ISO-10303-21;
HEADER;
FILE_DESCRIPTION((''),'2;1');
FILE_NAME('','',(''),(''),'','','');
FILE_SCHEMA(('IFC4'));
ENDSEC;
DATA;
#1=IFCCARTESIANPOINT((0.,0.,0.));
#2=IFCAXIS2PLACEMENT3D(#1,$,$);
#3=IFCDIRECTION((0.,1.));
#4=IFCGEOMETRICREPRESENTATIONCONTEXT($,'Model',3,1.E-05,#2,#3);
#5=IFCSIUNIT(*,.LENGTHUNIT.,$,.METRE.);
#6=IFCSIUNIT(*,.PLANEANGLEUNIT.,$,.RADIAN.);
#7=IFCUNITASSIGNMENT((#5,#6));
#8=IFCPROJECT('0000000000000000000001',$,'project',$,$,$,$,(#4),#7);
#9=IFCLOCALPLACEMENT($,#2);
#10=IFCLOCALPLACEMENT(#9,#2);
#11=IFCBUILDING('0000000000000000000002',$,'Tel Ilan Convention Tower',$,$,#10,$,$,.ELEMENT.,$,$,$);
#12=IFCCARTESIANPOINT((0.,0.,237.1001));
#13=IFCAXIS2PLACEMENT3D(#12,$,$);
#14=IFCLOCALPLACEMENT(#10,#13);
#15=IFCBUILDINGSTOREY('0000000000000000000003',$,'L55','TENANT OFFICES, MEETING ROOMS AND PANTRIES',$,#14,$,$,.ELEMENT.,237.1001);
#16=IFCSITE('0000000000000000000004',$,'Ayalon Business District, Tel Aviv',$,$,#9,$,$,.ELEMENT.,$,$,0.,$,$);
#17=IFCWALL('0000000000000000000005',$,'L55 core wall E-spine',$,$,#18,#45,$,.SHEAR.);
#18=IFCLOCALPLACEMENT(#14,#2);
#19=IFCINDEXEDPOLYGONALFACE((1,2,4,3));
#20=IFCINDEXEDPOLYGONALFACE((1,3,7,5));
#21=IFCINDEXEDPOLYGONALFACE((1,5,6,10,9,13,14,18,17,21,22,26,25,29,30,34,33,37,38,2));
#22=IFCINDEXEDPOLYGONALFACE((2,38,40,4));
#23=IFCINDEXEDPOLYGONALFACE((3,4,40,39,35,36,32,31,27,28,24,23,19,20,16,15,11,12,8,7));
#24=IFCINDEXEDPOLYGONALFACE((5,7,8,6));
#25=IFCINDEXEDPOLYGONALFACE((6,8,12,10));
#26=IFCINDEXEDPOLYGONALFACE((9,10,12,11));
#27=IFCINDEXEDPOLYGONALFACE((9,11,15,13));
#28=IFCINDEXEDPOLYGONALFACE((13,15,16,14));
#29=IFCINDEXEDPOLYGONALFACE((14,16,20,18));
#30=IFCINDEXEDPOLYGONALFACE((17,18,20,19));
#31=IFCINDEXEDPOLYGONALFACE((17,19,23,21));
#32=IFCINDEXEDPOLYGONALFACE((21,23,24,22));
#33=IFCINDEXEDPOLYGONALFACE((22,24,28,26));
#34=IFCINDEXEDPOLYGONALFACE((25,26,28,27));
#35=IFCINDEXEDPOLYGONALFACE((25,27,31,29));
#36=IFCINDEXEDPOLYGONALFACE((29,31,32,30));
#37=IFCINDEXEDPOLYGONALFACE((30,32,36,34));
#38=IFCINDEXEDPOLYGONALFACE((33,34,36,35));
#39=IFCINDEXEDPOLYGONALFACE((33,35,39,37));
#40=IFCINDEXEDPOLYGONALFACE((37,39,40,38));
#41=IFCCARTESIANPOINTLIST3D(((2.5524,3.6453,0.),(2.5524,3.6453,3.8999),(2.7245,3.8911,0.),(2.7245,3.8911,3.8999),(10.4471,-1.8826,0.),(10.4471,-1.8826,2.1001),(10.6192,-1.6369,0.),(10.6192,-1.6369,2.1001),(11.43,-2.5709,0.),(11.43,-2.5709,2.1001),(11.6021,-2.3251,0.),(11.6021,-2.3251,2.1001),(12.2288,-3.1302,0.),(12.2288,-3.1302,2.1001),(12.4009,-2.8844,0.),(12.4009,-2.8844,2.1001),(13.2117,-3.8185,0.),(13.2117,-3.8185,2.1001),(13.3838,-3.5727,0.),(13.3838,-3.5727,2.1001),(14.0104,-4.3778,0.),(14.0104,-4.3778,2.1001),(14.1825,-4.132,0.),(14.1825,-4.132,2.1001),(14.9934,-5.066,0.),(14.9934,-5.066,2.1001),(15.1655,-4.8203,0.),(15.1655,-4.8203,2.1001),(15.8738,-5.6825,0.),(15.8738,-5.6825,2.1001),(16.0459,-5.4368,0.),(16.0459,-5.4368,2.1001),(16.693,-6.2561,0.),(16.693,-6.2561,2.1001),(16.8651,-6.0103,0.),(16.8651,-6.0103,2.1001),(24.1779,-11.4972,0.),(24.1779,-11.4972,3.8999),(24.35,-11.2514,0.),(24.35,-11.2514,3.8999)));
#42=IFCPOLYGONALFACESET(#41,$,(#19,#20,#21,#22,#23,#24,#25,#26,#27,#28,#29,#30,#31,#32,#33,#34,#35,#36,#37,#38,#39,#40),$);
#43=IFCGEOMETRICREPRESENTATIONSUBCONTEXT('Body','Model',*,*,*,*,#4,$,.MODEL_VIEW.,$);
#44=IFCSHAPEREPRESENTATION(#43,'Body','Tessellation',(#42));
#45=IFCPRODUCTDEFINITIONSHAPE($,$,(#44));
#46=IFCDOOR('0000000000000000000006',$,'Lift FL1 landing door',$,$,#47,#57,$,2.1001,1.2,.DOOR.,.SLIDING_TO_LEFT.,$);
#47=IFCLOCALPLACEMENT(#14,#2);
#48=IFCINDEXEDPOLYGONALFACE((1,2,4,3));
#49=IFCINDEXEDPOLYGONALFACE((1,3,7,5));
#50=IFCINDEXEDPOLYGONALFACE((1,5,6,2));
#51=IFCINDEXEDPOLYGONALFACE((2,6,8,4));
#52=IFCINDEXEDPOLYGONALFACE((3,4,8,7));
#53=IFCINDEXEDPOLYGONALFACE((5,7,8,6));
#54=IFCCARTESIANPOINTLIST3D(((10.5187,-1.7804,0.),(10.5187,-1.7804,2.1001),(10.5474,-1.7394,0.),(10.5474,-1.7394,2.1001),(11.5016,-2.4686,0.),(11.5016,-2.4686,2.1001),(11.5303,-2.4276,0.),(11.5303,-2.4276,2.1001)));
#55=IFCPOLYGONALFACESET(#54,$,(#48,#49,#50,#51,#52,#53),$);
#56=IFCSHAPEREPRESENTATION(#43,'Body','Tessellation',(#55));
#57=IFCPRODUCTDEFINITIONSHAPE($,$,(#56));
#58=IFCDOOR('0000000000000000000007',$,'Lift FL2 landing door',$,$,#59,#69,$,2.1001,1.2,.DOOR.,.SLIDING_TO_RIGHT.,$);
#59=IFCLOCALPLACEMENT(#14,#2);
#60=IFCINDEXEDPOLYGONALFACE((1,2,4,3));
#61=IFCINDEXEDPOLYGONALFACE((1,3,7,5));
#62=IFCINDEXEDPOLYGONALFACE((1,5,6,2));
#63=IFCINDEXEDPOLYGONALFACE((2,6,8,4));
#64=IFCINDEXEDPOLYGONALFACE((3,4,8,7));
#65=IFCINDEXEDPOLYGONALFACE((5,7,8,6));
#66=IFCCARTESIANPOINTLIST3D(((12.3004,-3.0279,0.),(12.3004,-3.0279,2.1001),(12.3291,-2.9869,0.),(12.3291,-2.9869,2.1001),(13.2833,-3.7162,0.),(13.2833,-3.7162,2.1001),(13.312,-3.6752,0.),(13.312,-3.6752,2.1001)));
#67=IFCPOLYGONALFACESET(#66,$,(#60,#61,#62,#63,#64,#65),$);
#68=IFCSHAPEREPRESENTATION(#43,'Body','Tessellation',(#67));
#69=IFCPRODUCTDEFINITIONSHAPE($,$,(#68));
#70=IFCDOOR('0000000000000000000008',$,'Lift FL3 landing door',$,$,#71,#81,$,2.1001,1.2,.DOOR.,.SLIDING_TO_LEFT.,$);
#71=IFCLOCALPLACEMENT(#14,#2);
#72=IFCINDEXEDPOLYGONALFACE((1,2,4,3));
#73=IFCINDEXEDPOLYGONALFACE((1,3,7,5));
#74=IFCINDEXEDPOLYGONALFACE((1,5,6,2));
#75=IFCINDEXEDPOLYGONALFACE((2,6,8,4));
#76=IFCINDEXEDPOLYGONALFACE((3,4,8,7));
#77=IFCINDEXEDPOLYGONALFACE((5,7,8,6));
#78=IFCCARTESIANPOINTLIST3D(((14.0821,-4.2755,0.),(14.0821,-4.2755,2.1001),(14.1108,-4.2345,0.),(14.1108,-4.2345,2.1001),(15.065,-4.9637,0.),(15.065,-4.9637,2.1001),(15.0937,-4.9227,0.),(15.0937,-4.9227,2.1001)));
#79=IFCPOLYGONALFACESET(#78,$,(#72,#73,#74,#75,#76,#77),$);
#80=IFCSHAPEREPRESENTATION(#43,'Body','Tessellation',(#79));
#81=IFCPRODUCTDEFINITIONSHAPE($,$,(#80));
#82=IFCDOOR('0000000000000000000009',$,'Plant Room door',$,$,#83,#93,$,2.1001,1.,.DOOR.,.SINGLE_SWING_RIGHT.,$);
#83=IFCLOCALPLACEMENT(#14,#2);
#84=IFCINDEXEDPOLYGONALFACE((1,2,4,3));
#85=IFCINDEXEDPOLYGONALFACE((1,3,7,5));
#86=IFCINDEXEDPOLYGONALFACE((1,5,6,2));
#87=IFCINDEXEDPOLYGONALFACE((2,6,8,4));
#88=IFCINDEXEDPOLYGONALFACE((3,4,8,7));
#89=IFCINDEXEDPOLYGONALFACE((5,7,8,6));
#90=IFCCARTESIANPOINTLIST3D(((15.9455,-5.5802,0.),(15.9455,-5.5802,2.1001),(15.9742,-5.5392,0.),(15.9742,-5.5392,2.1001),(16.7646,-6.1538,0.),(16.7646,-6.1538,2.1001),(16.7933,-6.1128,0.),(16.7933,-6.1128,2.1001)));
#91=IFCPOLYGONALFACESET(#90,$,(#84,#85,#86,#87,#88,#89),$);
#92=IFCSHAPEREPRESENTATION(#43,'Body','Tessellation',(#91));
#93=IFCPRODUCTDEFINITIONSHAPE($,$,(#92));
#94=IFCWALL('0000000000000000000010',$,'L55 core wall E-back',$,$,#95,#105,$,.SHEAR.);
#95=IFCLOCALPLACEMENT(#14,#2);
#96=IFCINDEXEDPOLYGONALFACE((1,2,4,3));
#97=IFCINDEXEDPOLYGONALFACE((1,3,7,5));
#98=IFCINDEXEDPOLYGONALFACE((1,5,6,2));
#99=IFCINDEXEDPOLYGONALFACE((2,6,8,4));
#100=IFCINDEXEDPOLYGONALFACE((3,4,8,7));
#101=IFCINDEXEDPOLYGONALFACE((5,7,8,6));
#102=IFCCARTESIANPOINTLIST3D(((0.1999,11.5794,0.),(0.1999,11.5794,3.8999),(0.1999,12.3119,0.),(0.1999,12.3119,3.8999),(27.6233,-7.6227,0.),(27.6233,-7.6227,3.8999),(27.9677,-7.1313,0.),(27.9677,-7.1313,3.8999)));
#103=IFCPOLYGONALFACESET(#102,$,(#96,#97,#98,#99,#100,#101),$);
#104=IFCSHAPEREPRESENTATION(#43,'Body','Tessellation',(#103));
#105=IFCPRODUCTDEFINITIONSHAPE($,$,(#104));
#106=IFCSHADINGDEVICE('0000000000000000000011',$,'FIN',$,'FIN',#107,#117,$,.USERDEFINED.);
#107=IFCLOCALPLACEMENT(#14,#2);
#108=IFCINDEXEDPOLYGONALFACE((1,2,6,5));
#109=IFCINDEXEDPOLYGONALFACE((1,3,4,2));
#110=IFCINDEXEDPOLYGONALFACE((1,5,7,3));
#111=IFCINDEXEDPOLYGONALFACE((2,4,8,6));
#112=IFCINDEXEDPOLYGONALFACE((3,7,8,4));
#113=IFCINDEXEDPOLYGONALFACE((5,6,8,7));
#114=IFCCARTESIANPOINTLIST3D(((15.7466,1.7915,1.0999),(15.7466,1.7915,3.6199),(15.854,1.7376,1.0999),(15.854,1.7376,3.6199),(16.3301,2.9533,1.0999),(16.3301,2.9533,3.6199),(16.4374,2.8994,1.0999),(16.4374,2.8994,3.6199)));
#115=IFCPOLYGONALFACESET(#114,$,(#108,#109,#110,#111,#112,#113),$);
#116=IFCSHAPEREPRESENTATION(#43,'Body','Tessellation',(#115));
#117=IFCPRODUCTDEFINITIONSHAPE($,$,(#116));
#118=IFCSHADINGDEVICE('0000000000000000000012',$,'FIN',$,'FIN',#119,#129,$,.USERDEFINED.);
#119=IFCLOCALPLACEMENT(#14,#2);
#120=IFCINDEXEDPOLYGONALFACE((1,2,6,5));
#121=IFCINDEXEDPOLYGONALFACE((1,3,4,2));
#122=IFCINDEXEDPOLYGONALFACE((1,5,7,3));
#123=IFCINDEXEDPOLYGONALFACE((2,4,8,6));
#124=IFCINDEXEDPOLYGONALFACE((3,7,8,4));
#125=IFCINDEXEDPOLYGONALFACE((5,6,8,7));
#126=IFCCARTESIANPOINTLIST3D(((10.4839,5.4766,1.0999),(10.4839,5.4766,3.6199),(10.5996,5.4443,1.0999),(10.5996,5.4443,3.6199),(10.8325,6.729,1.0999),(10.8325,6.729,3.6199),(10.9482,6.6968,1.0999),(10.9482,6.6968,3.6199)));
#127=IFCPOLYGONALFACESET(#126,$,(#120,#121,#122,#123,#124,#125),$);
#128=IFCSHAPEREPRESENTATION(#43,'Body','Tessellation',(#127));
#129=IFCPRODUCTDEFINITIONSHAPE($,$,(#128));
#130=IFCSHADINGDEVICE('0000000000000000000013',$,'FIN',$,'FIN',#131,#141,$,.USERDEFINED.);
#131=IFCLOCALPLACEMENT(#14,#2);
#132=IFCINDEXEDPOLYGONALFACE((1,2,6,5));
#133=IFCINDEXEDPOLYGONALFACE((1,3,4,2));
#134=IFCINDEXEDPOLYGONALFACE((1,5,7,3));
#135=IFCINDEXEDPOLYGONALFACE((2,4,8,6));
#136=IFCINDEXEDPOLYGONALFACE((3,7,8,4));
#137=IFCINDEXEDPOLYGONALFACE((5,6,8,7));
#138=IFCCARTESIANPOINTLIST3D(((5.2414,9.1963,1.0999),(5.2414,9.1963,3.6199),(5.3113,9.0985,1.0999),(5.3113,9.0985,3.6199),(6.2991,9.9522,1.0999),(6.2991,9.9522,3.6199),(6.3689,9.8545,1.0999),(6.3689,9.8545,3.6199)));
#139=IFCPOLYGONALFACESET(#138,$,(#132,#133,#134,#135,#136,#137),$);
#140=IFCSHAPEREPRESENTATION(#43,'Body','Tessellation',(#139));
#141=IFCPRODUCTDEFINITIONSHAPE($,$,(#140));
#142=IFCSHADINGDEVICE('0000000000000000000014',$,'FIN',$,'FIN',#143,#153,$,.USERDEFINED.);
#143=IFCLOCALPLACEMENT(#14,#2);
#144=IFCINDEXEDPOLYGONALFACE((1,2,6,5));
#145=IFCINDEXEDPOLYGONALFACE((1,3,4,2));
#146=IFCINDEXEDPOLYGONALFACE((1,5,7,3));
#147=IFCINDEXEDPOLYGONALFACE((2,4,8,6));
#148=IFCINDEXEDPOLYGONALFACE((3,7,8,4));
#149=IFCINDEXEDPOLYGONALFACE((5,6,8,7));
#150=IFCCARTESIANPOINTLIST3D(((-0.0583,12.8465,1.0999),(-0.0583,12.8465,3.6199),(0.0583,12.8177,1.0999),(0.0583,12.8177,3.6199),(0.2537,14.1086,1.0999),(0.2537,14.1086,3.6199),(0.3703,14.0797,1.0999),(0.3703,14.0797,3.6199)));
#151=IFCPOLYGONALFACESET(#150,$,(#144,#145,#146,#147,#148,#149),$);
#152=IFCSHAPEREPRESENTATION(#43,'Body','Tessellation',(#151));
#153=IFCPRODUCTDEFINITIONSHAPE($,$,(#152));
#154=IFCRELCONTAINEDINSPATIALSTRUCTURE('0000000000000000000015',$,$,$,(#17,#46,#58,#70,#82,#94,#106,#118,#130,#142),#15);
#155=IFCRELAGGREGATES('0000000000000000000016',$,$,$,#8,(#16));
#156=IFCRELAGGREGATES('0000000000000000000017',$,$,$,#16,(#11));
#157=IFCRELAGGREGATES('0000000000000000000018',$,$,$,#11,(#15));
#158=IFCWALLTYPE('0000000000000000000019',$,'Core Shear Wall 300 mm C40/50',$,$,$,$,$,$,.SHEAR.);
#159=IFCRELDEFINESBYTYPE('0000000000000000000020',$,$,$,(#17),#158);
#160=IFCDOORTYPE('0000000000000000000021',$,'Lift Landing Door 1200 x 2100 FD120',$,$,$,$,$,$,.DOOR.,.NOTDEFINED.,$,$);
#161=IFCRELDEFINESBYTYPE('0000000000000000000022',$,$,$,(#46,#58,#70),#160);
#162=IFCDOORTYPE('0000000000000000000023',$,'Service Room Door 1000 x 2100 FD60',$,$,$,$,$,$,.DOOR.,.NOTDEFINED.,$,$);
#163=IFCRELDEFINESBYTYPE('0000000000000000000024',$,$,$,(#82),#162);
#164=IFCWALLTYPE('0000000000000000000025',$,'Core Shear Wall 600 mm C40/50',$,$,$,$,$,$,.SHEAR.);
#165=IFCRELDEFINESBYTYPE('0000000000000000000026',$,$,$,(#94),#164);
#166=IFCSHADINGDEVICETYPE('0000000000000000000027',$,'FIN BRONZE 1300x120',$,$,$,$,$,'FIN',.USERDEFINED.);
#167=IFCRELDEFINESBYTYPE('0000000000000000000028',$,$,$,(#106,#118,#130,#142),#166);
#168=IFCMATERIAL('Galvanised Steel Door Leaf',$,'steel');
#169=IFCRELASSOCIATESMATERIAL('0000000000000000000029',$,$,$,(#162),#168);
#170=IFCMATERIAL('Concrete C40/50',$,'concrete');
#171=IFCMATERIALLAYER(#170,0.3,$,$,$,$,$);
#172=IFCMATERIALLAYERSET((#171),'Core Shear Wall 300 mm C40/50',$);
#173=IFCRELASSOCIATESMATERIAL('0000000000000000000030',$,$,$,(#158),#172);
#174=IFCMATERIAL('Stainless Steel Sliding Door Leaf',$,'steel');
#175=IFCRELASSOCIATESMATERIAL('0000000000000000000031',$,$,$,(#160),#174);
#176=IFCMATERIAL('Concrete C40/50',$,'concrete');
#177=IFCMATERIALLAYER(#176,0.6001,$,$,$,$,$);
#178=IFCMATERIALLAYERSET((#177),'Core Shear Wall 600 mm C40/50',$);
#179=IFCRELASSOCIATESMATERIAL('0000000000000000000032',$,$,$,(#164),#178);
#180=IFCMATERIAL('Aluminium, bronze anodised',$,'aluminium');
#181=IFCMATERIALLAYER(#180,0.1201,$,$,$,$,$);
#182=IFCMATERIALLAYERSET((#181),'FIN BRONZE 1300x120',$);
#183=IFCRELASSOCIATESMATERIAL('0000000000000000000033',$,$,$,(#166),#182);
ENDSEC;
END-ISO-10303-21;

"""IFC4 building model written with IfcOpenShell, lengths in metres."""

from ifc_helpers import new_model, si_unit, direction, frame, frame_2d, origin, origin_2d, place, context, subcontext, project, spatial, polyline, rectangle, outline, extrude, material, layer, layer_set, type_object, element, fill, save


model = new_model("IFC4")

# Units and contexts
model_context = context("Model", 3, precision=1e-05, world=origin(), true_north=direction((0.0, 1.0)))
body_context = subcontext(model_context, "Body", "Model", "MODEL_VIEW")
ifc_project = project(units=[si_unit("LENGTHUNIT", "METRE"), si_unit("PLANEANGLEUNIT", "RADIAN")], contexts=[model_context])

# Site, building, storey
site_placement = place(None, origin())
site = spatial("IfcSite", under=ifc_project, at=site_placement, Name="Ayalon Business District, Tel Aviv", CompositionType="ELEMENT", RefElevation=0.0)
building_placement = place(site_placement, origin())
building = spatial("IfcBuilding", under=site, at=building_placement, Name="Tel Ilan Convention Tower", CompositionType="ELEMENT")
storey_placement = place(building_placement, frame((0.0, 0.0, 237.1001)))
storey = spatial("IfcBuildingStorey", under=building, at=storey_placement, Name="L55", Description="TENANT OFFICES, MEETING ROOMS AND PANTRIES", CompositionType="ELEMENT", Elevation=237.1001)

# Shared definitions
ifc_material_1 = material(Name="Galvanised Steel Door Leaf", Category="steel")
door_type_1 = type_object("IfcDoorType", Name="Service Room Door 1000 x 2100 FD60", OperationType="NOTDEFINED", PredefinedType="DOOR", material=ifc_material_1)

# Wall, openings, doors
ifc_material_2 = material(Name="Concrete C40/50", Category="concrete")
ifc_layer_1 = layer(ifc_material_2, 0.3)
ifc_layer_set_1 = layer_set([ifc_layer_1], Name="Core Shear Wall 300 mm C40/50")
wall_type_1 = type_object("IfcWallType", Name="Core Shear Wall 300 mm C40/50", PredefinedType="SHEAR", material=ifc_layer_set_1)
wall_1_placement = place(storey_placement, frame((2.6384, 3.7681, 0.0), z_axis=(0.0, 0.0, 1.0), x_axis=(0.819155, -0.573572, 0.0)))
wall_1 = element("IfcWall", 1, at=wall_1_placement, inside=storey, type_object=wall_type_1, Name="L55 core wall E-spine", PredefinedType="SHEAR", context=body_context, shape_type="SweptSolid", body=[
    extrude(outline(polyline([(0.0, 0.1501), (0.0, -0.1499), (26.3999, -0.1501), (26.3999, 0.1499), (0.0, 0.1501)])), origin(), (0.0, 0.0, 1.0), 3.8999),
])
opening_1_placement = place(wall_1_placement, frame((9.6375, 0.0, 0.0)))
opening_1 = element("IfcOpeningElement", 2, at=opening_1_placement, cuts=wall_1, PredefinedType="OPENING", context=body_context, shape_type="SweptSolid", body=[
    extrude(rectangle(XDim=1.2, YDim=2.1001, at=frame_2d((0.6001, 1.05))), frame((0.0, 0.1599, 0.0), z_axis=(0.0, -1.0, 0.0), x_axis=(1.0, 0.0, 0.0)), (0.0, 0.0, 1.0), 0.3201),
])
opening_2_placement = place(wall_1_placement, frame((11.8125, 0.0, 0.0)))
opening_2 = element("IfcOpeningElement", 3, at=opening_2_placement, cuts=wall_1, PredefinedType="OPENING", context=body_context, shape_type="SweptSolid", body=[
    extrude(rectangle(XDim=1.2, YDim=2.1001, at=frame_2d((0.6001, 1.05))), frame((0.0, 0.1599, 0.0), z_axis=(0.0, -1.0, 0.0), x_axis=(1.0, 0.0, 0.0)), (0.0, 0.0, 1.0), 0.3201),
])
opening_3_placement = place(wall_1_placement, frame((13.9875, 0.0, 0.0)))
opening_3 = element("IfcOpeningElement", 4, at=opening_3_placement, cuts=wall_1, PredefinedType="OPENING", context=body_context, shape_type="SweptSolid", body=[
    extrude(rectangle(XDim=1.2, YDim=2.1001, at=frame_2d((0.6001, 1.05))), frame((0.0, 0.1599, 0.0), z_axis=(0.0, -1.0, 0.0), x_axis=(1.0, 0.0, 0.0)), (0.0, 0.0, 1.0), 0.3201),
])
opening_4_placement = place(wall_1_placement, frame((16.2625, 0.0, 0.0)))
opening_4 = element("IfcOpeningElement", 5, at=opening_4_placement, cuts=wall_1, PredefinedType="OPENING", context=body_context, shape_type="SweptSolid", body=[
    extrude(rectangle(XDim=1.0, YDim=2.1001, at=frame_2d((0.5, 1.05))), frame((0.0, 0.1599, 0.0), z_axis=(0.0, -1.0, 0.0), x_axis=(1.0, 0.0, 0.0)), (0.0, 0.0, 1.0), 0.3201),
])
ifc_material_3 = material(Name="Stainless Steel Sliding Door Leaf", Category="steel")
door_type_2 = type_object("IfcDoorType", Name="Lift Landing Door 1200 x 2100 FD120", OperationType="NOTDEFINED", PredefinedType="DOOR", material=ifc_material_3)
door_1_placement = place(opening_1_placement, origin())
door_1 = element("IfcDoor", 6, at=door_1_placement, inside=storey, type_object=door_type_2, Name="Lift FL1 landing door", OperationType="SLIDING_TO_LEFT", OverallHeight=2.1001, OverallWidth=1.2, PredefinedType="DOOR", context=body_context, shape_type="SweptSolid", body=[
    extrude(rectangle(XDim=1.2, YDim=2.1001, at=frame_2d((0.6001, 1.05))), frame((0.0, 0.0249, 0.0), z_axis=(0.0, -1.0, 0.0), x_axis=(1.0, 0.0, 0.0)), (0.0, 0.0, 1.0), 0.05),
])
fill(opening_1, door_1)
door_2_placement = place(opening_2_placement, origin())
door_2 = element("IfcDoor", 7, at=door_2_placement, inside=storey, type_object=door_type_2, Name="Lift FL2 landing door", OperationType="SLIDING_TO_RIGHT", OverallHeight=2.1001, OverallWidth=1.2, PredefinedType="DOOR", context=body_context, shape_type="SweptSolid", body=[
    extrude(rectangle(XDim=1.2, YDim=2.1001, at=frame_2d((0.6001, 1.05))), frame((0.0, 0.0249, 0.0), z_axis=(0.0, -1.0, 0.0), x_axis=(1.0, 0.0, 0.0)), (0.0, 0.0, 1.0), 0.05),
])
fill(opening_2, door_2)
door_3_placement = place(opening_3_placement, origin())
door_3 = element("IfcDoor", 8, at=door_3_placement, inside=storey, type_object=door_type_2, Name="Lift FL3 landing door", OperationType="SLIDING_TO_LEFT", OverallHeight=2.1001, OverallWidth=1.2, PredefinedType="DOOR", context=body_context, shape_type="SweptSolid", body=[
    extrude(rectangle(XDim=1.2, YDim=2.1001, at=frame_2d((0.6001, 1.05))), frame((0.0, 0.0249, 0.0), z_axis=(0.0, -1.0, 0.0), x_axis=(1.0, 0.0, 0.0)), (0.0, 0.0, 1.0), 0.05),
])
fill(opening_3, door_3)
door_4_placement = place(opening_4_placement, origin())
door_4 = element("IfcDoor", 9, at=door_4_placement, inside=storey, type_object=door_type_1, Name="Plant Room door", OperationType="SINGLE_SWING_RIGHT", OverallHeight=2.1001, OverallWidth=1.0, PredefinedType="DOOR", context=body_context, shape_type="SweptSolid", body=[
    extrude(rectangle(XDim=1.0, YDim=2.1001, at=frame_2d((0.5, 1.05))), frame((0.0, 0.0249, 0.0), z_axis=(0.0, -1.0, 0.0), x_axis=(1.0, 0.0, 0.0)), (0.0, 0.0, 1.0), 0.05),
])
fill(opening_4, door_4)

# Wall
ifc_material_4 = material(Name="Concrete C40/50", Category="concrete")
ifc_layer_2 = layer(ifc_material_4, 0.6001)
ifc_layer_set_2 = layer_set([ifc_layer_2], Name="Core Shear Wall 600 mm C40/50")
wall_type_2 = type_object("IfcWallType", Name="Core Shear Wall 600 mm C40/50", PredefinedType="SHEAR", material=ifc_layer_set_2)
wall_2_placement = place(storey_placement, frame((0.0278, 12.0662, 0.0), z_axis=(0.0, 0.0, 1.0), x_axis=(0.819151, -0.573577, 0.0)))
element("IfcWall", 10, at=wall_2_placement, inside=storey, type_object=wall_type_2, Name="L55 core wall E-back", PredefinedType="SHEAR", context=body_context, shape_type="SweptSolid", body=[
    extrude(outline(polyline([(33.8982, 0.3), (0.0, 0.3), (0.4202, -0.3), (33.8979, -0.3), (33.8982, 0.3)])), origin(), (0.0, 0.0, 1.0), 3.8999),
])

# Shading devices
ifc_material_5 = material(Name="Aluminium, bronze anodised", Category="aluminium")
ifc_layer_3 = layer(ifc_material_5, 0.1201)
ifc_layer_set_3 = layer_set([ifc_layer_3], Name="FIN BRONZE 1300x120")
shading_device_type = type_object("IfcShadingDeviceType", Name="FIN BRONZE 1300x120", ElementType="FIN", PredefinedType="USERDEFINED", material=ifc_layer_set_3)
for number, where, z_axis, x_axis, name in (
    (11, (16.092, 2.3455, 1.0999), (0.0, 0.0, 1.0), (0.448799, 0.893633, 0.0), "FIN"),
    (12, (10.7161, 6.0867, 1.0999), (0.0, 0.0, 1.0), (0.268173, 0.963371, 0.0), "FIN"),
    (13, (5.8052, 9.5254, 1.0999), (0.0, 0.0, 1.0), (0.813552, 0.581492, 0.0), "FIN"),
    (14, (0.156, 13.4631, 1.0999), (0.0, 0.0, 1.0), (0.24004, 0.970763, 0.0), "FIN"),
):
    element("IfcShadingDevice", number, at=place(storey_placement, frame(where, z_axis=z_axis, x_axis=x_axis)), inside=storey, type_object=shading_device_type, Name=name, ObjectType="FIN", PredefinedType="USERDEFINED", context=body_context, shape_type="SweptSolid", body=[
        extrude(rectangle(XDim=1.3, YDim=0.1201, at=origin_2d()), origin(), (0.0, 0.0, 1.0), 2.52),
    ])

save(model, "model.ifc")
